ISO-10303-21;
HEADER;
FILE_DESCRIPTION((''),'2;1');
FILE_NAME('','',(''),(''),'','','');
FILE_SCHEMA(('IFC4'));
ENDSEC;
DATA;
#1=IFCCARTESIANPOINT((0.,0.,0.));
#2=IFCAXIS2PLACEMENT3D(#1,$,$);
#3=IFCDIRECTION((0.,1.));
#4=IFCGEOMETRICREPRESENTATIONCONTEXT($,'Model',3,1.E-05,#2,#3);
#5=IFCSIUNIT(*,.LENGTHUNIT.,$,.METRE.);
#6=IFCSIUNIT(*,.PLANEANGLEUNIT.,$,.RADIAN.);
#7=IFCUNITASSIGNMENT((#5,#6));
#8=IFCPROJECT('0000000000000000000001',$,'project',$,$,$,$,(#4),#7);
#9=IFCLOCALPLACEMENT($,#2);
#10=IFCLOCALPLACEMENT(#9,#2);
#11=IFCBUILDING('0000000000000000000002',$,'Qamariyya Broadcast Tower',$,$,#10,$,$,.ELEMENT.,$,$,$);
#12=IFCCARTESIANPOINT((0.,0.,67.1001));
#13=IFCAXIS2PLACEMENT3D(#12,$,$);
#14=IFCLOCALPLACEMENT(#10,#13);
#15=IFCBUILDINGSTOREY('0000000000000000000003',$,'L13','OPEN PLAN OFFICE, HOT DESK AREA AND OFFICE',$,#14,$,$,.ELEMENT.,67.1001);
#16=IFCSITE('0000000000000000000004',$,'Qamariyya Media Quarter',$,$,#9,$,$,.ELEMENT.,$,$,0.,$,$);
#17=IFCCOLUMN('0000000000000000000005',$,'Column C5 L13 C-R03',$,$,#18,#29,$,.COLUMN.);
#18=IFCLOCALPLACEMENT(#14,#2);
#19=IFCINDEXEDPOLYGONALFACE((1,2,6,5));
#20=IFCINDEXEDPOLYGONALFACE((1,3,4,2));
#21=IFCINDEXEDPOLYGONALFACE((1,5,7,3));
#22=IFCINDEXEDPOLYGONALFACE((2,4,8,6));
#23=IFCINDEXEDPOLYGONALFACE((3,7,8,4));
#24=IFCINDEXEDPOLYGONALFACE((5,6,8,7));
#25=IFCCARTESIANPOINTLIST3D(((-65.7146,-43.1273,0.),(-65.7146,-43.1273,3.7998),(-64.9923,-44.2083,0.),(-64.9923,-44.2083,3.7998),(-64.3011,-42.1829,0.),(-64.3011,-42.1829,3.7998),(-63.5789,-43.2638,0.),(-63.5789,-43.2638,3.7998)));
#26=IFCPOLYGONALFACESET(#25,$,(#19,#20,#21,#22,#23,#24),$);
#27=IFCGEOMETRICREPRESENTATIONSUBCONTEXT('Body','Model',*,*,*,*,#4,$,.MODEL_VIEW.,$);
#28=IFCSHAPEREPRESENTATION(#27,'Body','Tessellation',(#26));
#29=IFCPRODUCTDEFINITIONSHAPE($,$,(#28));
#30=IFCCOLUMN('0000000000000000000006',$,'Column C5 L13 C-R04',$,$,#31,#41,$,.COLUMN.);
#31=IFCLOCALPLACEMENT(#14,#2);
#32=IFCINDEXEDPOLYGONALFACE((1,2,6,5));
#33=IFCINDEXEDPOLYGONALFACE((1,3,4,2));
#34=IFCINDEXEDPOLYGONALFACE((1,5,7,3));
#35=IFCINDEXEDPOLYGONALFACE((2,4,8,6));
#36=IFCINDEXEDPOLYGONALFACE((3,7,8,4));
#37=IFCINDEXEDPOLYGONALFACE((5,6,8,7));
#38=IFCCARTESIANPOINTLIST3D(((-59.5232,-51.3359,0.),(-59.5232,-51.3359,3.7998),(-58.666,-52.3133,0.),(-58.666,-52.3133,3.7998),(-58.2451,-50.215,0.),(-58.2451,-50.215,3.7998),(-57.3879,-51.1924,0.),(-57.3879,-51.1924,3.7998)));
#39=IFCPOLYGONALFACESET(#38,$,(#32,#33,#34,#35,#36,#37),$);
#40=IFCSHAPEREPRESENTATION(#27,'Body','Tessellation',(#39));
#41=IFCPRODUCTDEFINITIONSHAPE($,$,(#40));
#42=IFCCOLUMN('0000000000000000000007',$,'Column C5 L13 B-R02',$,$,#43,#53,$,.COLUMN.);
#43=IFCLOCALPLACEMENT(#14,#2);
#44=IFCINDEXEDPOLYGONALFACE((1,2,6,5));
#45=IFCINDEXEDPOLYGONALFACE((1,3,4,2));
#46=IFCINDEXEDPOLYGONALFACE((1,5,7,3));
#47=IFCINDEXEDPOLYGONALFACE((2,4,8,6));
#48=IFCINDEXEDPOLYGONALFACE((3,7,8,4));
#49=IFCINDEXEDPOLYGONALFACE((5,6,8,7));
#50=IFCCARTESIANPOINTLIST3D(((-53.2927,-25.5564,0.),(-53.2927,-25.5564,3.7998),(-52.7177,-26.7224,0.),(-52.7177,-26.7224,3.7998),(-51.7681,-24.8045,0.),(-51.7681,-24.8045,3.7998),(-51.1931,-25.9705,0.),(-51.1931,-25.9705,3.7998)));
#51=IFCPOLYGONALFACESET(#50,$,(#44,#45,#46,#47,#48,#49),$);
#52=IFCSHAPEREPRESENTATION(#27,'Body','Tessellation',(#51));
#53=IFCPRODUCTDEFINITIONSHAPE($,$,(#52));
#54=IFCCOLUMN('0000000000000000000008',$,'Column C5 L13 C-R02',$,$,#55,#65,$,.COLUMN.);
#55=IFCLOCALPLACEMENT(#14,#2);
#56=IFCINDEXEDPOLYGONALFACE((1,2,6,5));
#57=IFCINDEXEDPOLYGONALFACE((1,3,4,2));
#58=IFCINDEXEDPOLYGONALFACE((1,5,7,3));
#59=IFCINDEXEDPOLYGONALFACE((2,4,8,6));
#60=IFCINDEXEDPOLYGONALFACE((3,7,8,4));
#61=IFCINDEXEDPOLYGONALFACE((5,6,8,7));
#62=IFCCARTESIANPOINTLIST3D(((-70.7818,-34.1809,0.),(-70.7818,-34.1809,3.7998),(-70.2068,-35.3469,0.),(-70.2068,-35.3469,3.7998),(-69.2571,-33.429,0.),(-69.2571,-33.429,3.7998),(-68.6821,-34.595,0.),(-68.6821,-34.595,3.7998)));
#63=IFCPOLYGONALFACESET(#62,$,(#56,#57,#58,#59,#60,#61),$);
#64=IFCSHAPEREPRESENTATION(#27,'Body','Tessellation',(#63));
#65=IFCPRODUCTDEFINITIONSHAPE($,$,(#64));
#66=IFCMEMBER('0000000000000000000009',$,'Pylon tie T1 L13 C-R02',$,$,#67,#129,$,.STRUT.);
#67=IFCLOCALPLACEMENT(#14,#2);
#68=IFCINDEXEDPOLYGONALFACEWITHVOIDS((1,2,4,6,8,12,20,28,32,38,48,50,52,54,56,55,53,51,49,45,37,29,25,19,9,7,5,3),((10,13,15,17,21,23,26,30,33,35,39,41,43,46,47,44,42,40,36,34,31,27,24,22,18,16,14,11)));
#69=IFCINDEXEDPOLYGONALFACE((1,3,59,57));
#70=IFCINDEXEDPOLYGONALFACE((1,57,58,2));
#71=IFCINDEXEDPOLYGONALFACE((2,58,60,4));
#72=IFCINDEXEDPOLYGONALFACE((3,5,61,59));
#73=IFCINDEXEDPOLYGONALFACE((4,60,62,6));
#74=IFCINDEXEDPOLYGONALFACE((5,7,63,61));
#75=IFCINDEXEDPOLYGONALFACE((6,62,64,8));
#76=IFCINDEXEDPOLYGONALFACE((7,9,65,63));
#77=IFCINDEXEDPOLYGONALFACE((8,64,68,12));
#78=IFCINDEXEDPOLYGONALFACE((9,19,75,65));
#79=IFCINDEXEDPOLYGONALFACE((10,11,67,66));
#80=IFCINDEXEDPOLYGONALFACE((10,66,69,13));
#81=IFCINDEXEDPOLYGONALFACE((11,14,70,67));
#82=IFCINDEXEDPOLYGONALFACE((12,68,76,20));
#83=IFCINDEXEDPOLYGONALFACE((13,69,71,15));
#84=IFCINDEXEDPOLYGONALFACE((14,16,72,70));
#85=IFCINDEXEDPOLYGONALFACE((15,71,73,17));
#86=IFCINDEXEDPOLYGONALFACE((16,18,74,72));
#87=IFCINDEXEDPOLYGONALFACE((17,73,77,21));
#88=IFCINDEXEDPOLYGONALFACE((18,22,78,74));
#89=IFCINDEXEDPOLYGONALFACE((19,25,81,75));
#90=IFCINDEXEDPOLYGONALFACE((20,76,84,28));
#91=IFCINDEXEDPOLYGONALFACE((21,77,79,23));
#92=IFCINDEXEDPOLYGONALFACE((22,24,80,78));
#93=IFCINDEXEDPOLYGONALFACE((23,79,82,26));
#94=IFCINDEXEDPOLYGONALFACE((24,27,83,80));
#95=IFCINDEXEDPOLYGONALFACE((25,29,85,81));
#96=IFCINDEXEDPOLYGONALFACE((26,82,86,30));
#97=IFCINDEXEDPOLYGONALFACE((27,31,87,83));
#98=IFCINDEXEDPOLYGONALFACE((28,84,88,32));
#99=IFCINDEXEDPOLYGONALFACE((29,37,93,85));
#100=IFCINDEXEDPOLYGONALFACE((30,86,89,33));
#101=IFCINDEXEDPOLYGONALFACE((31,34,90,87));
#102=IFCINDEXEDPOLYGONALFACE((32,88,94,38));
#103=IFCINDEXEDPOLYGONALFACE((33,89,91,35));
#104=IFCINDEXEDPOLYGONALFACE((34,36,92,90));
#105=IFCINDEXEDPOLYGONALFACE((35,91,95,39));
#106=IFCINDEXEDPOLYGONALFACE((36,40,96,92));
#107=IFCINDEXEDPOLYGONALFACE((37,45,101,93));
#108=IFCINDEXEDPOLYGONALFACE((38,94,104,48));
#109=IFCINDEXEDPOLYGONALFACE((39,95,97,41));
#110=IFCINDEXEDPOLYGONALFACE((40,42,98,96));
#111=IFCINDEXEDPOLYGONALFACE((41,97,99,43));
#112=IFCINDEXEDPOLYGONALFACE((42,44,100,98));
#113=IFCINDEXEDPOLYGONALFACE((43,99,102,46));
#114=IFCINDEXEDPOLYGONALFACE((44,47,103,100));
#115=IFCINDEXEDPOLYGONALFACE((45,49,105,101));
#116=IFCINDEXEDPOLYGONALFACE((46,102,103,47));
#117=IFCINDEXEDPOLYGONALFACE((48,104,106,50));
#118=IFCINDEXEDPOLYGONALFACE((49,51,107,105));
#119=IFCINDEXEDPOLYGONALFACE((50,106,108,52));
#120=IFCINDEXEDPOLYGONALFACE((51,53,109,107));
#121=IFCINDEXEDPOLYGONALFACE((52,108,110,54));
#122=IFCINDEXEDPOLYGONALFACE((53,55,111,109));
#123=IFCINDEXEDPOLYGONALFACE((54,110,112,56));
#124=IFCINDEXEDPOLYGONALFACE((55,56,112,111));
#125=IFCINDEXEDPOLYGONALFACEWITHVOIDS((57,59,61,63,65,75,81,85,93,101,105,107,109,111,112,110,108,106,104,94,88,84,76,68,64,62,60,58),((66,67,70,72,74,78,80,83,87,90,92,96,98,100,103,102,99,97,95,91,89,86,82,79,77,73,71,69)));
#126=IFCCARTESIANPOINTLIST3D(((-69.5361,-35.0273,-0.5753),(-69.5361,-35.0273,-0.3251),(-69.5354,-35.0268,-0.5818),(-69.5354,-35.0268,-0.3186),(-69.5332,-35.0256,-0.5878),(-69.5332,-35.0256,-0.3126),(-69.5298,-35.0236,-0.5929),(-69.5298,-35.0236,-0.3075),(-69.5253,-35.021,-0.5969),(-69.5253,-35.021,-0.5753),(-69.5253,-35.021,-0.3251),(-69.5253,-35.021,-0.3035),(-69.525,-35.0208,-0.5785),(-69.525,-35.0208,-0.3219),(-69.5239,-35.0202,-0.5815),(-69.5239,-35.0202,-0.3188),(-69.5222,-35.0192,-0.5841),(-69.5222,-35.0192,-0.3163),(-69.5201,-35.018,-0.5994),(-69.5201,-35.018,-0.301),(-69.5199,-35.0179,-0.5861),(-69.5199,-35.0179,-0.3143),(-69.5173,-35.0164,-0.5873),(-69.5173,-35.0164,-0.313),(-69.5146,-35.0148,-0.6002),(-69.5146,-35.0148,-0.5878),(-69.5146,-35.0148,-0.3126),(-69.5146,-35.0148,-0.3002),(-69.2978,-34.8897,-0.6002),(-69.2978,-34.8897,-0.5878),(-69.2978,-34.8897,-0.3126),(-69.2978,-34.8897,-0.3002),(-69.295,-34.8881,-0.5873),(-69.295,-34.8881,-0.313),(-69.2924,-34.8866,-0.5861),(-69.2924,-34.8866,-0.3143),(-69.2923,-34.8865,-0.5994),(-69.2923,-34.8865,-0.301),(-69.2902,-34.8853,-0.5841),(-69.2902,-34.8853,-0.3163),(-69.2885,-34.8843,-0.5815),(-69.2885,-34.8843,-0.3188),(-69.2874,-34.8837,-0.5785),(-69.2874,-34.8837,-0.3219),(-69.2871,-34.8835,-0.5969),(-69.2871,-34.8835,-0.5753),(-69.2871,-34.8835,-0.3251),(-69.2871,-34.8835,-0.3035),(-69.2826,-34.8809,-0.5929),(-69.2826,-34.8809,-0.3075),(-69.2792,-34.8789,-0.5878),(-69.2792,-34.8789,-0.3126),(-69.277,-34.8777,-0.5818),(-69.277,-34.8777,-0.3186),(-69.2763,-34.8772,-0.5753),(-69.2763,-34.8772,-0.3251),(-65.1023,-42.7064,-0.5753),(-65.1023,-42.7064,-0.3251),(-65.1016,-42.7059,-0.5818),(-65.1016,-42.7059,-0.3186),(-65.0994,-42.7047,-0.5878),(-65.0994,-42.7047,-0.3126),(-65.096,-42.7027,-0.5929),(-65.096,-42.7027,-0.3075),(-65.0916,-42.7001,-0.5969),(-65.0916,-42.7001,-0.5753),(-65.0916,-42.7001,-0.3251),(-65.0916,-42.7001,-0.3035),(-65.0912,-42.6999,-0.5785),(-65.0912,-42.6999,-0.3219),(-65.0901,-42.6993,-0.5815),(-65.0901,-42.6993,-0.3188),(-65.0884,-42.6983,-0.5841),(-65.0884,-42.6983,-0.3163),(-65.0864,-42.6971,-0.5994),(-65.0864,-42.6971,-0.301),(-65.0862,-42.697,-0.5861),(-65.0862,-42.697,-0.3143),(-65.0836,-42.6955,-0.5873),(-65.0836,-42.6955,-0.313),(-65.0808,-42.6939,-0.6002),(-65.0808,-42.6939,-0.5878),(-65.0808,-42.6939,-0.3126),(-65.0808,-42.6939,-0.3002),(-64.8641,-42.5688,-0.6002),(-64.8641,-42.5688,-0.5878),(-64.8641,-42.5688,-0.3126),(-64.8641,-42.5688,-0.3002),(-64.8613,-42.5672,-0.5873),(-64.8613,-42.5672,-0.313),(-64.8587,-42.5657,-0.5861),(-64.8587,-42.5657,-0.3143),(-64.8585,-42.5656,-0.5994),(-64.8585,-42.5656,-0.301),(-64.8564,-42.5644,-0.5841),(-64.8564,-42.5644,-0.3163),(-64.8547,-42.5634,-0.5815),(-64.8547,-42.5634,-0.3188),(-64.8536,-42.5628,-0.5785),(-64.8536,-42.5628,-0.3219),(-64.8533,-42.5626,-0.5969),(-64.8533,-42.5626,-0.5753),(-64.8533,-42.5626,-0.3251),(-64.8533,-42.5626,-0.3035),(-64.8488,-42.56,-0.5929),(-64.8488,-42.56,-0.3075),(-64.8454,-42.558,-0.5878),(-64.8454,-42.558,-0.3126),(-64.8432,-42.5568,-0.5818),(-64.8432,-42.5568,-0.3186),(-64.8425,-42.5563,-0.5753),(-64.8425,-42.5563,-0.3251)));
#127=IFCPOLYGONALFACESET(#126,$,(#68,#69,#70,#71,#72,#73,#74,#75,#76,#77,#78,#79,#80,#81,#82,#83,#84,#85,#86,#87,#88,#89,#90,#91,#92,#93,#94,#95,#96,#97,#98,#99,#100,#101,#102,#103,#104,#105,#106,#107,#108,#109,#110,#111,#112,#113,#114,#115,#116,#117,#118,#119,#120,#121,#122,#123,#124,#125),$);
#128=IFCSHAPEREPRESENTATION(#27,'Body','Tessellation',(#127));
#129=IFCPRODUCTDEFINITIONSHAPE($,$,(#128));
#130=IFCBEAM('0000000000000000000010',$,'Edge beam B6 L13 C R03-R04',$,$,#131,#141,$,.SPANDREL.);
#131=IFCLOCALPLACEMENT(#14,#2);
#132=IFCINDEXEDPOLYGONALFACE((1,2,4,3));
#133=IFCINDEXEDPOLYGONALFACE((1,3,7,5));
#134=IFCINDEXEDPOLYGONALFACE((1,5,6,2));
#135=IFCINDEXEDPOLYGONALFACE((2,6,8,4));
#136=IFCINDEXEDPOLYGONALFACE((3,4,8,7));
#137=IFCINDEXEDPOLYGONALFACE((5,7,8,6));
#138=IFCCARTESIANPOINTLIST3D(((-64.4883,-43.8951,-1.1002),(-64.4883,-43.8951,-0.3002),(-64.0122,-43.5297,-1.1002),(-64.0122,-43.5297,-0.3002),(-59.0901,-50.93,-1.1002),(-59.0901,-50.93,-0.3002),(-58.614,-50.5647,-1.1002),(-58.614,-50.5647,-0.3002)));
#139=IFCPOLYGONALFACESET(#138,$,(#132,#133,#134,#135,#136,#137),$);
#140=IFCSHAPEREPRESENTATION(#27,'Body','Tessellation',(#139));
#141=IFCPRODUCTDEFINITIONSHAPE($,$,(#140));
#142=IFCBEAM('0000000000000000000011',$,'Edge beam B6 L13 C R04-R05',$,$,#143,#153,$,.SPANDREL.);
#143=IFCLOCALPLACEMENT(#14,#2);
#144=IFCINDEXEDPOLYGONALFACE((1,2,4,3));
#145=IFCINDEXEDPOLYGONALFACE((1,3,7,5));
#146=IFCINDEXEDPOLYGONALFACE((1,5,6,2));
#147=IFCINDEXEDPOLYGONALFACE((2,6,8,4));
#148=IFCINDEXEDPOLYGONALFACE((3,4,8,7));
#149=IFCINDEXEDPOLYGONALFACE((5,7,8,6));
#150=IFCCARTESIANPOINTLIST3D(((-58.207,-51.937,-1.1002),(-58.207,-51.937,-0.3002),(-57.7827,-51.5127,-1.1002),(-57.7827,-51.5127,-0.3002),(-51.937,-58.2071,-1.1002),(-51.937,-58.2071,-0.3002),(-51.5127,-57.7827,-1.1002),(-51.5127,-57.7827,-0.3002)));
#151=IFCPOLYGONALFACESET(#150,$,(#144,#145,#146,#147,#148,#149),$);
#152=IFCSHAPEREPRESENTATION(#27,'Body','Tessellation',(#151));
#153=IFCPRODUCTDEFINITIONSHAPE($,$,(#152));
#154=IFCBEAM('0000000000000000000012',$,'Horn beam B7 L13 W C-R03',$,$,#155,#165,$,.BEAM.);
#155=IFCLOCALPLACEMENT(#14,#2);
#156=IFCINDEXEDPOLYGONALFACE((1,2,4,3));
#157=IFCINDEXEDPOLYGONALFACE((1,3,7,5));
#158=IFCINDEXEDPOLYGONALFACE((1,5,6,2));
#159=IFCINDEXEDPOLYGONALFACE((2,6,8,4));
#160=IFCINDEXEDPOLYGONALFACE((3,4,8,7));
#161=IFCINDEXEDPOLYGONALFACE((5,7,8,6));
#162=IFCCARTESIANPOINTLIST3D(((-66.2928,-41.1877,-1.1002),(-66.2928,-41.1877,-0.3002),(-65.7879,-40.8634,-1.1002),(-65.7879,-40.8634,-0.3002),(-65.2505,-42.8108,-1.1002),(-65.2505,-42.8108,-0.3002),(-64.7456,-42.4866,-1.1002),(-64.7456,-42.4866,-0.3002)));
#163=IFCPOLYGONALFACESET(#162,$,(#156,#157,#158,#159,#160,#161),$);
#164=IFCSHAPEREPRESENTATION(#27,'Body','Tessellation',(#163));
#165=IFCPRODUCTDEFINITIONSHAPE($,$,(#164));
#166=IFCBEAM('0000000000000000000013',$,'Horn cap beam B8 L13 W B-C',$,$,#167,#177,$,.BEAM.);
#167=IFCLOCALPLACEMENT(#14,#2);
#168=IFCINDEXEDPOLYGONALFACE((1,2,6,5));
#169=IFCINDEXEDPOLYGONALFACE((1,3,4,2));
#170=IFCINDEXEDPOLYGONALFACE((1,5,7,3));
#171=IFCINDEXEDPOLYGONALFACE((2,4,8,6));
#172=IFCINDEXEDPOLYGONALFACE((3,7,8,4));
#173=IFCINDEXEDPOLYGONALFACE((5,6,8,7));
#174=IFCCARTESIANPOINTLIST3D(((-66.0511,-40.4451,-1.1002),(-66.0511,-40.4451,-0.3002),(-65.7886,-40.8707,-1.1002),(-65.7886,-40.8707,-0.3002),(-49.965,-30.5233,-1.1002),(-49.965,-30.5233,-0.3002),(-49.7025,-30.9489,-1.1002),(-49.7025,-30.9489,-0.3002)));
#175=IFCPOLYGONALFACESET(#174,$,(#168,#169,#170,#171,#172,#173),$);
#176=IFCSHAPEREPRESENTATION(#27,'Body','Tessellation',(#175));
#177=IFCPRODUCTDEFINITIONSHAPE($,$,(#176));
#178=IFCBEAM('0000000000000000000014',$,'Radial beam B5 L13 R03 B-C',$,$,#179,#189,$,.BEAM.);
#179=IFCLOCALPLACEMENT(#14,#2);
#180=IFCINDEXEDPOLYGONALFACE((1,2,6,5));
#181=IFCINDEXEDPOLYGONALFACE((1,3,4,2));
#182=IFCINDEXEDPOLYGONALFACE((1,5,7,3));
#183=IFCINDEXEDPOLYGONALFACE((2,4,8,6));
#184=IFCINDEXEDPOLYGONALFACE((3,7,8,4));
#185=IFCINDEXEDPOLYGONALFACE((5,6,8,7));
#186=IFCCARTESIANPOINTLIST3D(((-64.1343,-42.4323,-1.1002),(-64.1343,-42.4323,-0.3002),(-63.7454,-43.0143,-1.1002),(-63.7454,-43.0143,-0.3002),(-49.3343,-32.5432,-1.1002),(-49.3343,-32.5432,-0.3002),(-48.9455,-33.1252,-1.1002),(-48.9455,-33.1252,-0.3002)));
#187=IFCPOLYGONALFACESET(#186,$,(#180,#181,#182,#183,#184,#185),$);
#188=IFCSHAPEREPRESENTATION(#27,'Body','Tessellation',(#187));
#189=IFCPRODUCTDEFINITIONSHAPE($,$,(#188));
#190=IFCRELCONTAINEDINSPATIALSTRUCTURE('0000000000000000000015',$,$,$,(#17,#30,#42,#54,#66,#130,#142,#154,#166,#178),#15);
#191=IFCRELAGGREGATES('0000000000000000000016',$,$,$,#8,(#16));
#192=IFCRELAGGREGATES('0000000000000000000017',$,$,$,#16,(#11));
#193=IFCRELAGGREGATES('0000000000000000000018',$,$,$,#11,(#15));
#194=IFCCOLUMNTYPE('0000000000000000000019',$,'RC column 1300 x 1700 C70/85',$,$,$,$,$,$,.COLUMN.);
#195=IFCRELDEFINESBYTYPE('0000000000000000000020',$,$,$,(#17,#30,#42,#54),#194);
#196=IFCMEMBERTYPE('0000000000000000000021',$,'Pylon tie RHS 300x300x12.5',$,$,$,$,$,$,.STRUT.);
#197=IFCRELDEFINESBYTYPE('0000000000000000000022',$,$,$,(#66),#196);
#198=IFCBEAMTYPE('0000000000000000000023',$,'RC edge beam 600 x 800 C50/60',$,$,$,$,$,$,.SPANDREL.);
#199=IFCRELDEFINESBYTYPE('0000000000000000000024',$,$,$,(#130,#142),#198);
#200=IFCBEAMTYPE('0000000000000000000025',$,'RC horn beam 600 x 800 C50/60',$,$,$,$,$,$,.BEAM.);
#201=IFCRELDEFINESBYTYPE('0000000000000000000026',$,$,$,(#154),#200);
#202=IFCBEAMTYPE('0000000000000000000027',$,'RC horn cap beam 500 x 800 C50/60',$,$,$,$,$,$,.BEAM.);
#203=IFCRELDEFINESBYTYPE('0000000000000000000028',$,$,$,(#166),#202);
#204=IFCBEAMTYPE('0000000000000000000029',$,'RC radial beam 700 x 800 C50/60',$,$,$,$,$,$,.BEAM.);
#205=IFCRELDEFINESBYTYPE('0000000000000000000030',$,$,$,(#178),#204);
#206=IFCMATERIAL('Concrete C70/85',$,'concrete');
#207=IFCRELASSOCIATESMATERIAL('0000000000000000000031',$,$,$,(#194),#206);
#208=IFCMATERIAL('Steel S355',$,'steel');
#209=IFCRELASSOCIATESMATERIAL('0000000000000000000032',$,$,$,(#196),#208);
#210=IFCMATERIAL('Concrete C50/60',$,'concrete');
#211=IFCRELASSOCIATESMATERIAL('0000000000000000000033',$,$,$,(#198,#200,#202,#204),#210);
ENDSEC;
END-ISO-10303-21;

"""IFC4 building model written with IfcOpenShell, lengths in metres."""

from ifc_helpers import new_model, si_unit, direction, frame, origin, origin_2d, place, context, subcontext, project, spatial, rectangle, hollow_rectangle, extrude, material, material_profile, profile_set, type_object, element, save


model = new_model("IFC4")

# Units and contexts
model_context = context("Model", 3, precision=1e-05, world=origin(), true_north=direction((0.0, 1.0)))
body_context = subcontext(model_context, "Body", "Model", "MODEL_VIEW")
ifc_project = project(units=[si_unit("LENGTHUNIT", "METRE"), si_unit("PLANEANGLEUNIT", "RADIAN")], contexts=[model_context])

# Site, building, storey
site_placement = place(None, origin())
site = spatial("IfcSite", under=ifc_project, at=site_placement, Name="Qamariyya Media Quarter", CompositionType="ELEMENT", RefElevation=0.0)
building_placement = place(site_placement, origin())
building = spatial("IfcBuilding", under=site, at=building_placement, Name="Qamariyya Broadcast Tower", CompositionType="ELEMENT")
storey_placement = place(building_placement, frame((0.0, 0.0, 67.1001)))
storey = spatial("IfcBuildingStorey", under=building, at=storey_placement, Name="L13", Description="OPEN PLAN OFFICE, HOT DESK AREA AND OFFICE", CompositionType="ELEMENT", Elevation=67.1001)

# Columns
ifc_material_1 = material(Name="Concrete C70/85", Category="concrete")
ifc_material_profile_1 = material_profile(ifc_material_1, rectangle(XDim=1.3, YDim=1.7, at=origin_2d()))
ifc_profile_set_1 = profile_set([ifc_material_profile_1], Name="Concrete C70/85")
column_type = type_object("IfcColumnType", Name="RC column 1300 x 1700 C70/85", PredefinedType="COLUMN", material=ifc_profile_set_1)
for number, where, z_axis, x_axis, name in (
    (1, (-64.6467, -43.1956, 0.0), (0.0, 0.0, 1.0), (0.55557, -0.83147, 0.0), "Column C5 L13 C-R03"),
    (2, (-58.4556, -51.2642, 0.0), (0.0, 0.0, 1.0), (0.659346, -0.75184, 0.0), "Column C5 L13 C-R04"),
    (3, (-52.2429, -25.7634, 0.0), (0.0, 0.0, 1.0), (0.442289, -0.896873, 0.0), "Column C5 L13 B-R02"),
    (4, (-69.7319, -34.3879, 0.0), (0.0, 0.0, 1.0), (0.442289, -0.896873, 0.0), "Column C5 L13 C-R02"),
):
    element("IfcColumn", number, at=place(storey_placement, frame(where, z_axis=z_axis, x_axis=x_axis)), inside=storey, type_object=column_type, Name=name, PredefinedType="COLUMN", context=body_context, shape_type="SweptSolid", body=[
        extrude(rectangle(XDim=1.3, YDim=1.7, at=origin_2d()), origin(), (0.0, 0.0, 1.0), 3.7998),
    ])

# Member
ifc_material_2 = material(Name="Steel S355", Category="steel")
ifc_material_profile_2 = material_profile(ifc_material_2, hollow_rectangle(XDim=0.3, YDim=0.3, WallThickness=0.0125, InnerFilletRadius=0.0125, OuterFilletRadius=0.0249, at=origin_2d()))
ifc_profile_set_2 = profile_set([ifc_material_profile_2], Name="Steel S355")
member_type = type_object("IfcMemberType", Name="Pylon tie RHS 300x300x12.5", PredefinedType="STRUT", material=ifc_profile_set_2)
member_placement = place(storey_placement, frame((-64.9724, -42.6313, -0.4502), z_axis=(-0.500021, 0.866013, 0.0), x_axis=(-0.866013, -0.500021, 0.0)))
element("IfcMember", 5, at=member_placement, inside=storey, type_object=member_type, Name="Pylon tie T1 L13 C-R02", PredefinedType="STRUT", context=body_context, shape_type="SweptSolid", body=[
    extrude(hollow_rectangle(XDim=0.3, YDim=0.3, WallThickness=0.0125, InnerFilletRadius=0.0125, OuterFilletRadius=0.0249, at=origin_2d()), origin(), (0.0, 0.0, 1.0), 8.8672),
])

# Beams
ifc_material_3 = material(Name="Concrete C50/60", Category="concrete")
ifc_material_profile_3 = material_profile(ifc_material_3, rectangle(XDim=0.6001, YDim=0.8, at=origin_2d()))
ifc_profile_set_3 = profile_set([ifc_material_profile_3], Name="Concrete C50/60")
beam_type_1 = type_object("IfcBeamType", Name="RC edge beam 600 x 800 C50/60", PredefinedType="SPANDREL", material=ifc_profile_set_3)
beam_1_placement = place(storey_placement, frame((-64.2502, -43.7124, -0.7002), z_axis=(0.60877, -0.793347, 0.0), x_axis=(0.793347, 0.60877, 0.0)))
element("IfcBeam", 6, at=beam_1_placement, inside=storey, type_object=beam_type_1, Name="Edge beam B6 L13 C R03-R04", PredefinedType="SPANDREL", context=body_context, shape_type="SweptSolid", body=[
    extrude(rectangle(XDim=0.6001, YDim=0.8, at=origin_2d()), origin(), (0.0, 0.0, 1.0), 8.8674),
])
beam_2_placement = place(storey_placement, frame((-57.9949, -51.7249, -0.7002), z_axis=(0.707107, -0.707107, 0.0), x_axis=(0.707107, 0.707107, 0.0)))
element("IfcBeam", 7, at=beam_2_placement, inside=storey, type_object=beam_type_1, Name="Edge beam B6 L13 C R04-R05", PredefinedType="SPANDREL", context=body_context, shape_type="SweptSolid", body=[
    extrude(rectangle(XDim=0.6001, YDim=0.8, at=origin_2d()), origin(), (0.0, 0.0, 1.0), 8.8672),
])
ifc_material_profile_4 = material_profile(ifc_material_3, rectangle(XDim=0.6001, YDim=0.8, at=origin_2d()))
ifc_profile_set_4 = profile_set([ifc_material_profile_4], Name="Concrete C50/60")
beam_type_2 = type_object("IfcBeamType", Name="RC horn beam 600 x 800 C50/60", PredefinedType="BEAM", material=ifc_profile_set_4)
beam_3_placement = place(storey_placement, frame((-64.998, -42.6487, -0.7002), z_axis=(-0.540335, 0.84145, 0.0), x_axis=(-0.84145, -0.540335, 0.0)))
element("IfcBeam", 8, at=beam_3_placement, inside=storey, type_object=beam_type_2, Name="Horn beam B7 L13 W C-R03", PredefinedType="BEAM", context=body_context, shape_type="SweptSolid", body=[
    extrude(rectangle(XDim=0.6001, YDim=0.8, at=origin_2d()), origin(), (0.0, 0.0, 1.0), 1.929),
])
ifc_material_profile_5 = material_profile(ifc_material_3, rectangle(XDim=0.5, YDim=0.8, at=origin_2d()))
ifc_profile_set_5 = profile_set([ifc_material_profile_5], Name="Concrete C50/60")
beam_type_3 = type_object("IfcBeamType", Name="RC horn cap beam 500 x 800 C50/60", PredefinedType="BEAM", material=ifc_profile_set_5)
beam_4_placement = place(storey_placement, frame((-49.8337, -30.7361, -0.7002), z_axis=(-0.851122, -0.524968, 0.0), x_axis=(0.524968, -0.851122, 0.0)))
element("IfcBeam", 9, at=beam_4_placement, inside=storey, type_object=beam_type_3, Name="Horn cap beam B8 L13 W B-C", PredefinedType="BEAM", context=body_context, shape_type="SweptSolid", body=[
    extrude(rectangle(XDim=0.5, YDim=0.8, at=origin_2d()), origin(), (0.0, 0.0, 1.0), 18.8999),
])
ifc_material_profile_6 = material_profile(ifc_material_3, rectangle(XDim=0.7, YDim=0.8, at=origin_2d()))
ifc_profile_set_6 = profile_set([ifc_material_profile_6], Name="Concrete C50/60")
beam_type_4 = type_object("IfcBeamType", Name="RC radial beam 700 x 800 C50/60", PredefinedType="BEAM", material=ifc_profile_set_6)
beam_5_placement = place(storey_placement, frame((-49.1399, -32.8342, -0.7002), z_axis=(-0.831467, -0.555573, 0.0), x_axis=(0.555573, -0.831467, 0.0)))
element("IfcBeam", 10, at=beam_5_placement, inside=storey, type_object=beam_type_4, Name="Radial beam B5 L13 R03 B-C", PredefinedType="BEAM", context=body_context, shape_type="SweptSolid", body=[
    extrude(rectangle(XDim=0.7, YDim=0.8, at=origin_2d()), origin(), (0.0, 0.0, 1.0), 17.7998),
])

save(model, "model.ifc")
